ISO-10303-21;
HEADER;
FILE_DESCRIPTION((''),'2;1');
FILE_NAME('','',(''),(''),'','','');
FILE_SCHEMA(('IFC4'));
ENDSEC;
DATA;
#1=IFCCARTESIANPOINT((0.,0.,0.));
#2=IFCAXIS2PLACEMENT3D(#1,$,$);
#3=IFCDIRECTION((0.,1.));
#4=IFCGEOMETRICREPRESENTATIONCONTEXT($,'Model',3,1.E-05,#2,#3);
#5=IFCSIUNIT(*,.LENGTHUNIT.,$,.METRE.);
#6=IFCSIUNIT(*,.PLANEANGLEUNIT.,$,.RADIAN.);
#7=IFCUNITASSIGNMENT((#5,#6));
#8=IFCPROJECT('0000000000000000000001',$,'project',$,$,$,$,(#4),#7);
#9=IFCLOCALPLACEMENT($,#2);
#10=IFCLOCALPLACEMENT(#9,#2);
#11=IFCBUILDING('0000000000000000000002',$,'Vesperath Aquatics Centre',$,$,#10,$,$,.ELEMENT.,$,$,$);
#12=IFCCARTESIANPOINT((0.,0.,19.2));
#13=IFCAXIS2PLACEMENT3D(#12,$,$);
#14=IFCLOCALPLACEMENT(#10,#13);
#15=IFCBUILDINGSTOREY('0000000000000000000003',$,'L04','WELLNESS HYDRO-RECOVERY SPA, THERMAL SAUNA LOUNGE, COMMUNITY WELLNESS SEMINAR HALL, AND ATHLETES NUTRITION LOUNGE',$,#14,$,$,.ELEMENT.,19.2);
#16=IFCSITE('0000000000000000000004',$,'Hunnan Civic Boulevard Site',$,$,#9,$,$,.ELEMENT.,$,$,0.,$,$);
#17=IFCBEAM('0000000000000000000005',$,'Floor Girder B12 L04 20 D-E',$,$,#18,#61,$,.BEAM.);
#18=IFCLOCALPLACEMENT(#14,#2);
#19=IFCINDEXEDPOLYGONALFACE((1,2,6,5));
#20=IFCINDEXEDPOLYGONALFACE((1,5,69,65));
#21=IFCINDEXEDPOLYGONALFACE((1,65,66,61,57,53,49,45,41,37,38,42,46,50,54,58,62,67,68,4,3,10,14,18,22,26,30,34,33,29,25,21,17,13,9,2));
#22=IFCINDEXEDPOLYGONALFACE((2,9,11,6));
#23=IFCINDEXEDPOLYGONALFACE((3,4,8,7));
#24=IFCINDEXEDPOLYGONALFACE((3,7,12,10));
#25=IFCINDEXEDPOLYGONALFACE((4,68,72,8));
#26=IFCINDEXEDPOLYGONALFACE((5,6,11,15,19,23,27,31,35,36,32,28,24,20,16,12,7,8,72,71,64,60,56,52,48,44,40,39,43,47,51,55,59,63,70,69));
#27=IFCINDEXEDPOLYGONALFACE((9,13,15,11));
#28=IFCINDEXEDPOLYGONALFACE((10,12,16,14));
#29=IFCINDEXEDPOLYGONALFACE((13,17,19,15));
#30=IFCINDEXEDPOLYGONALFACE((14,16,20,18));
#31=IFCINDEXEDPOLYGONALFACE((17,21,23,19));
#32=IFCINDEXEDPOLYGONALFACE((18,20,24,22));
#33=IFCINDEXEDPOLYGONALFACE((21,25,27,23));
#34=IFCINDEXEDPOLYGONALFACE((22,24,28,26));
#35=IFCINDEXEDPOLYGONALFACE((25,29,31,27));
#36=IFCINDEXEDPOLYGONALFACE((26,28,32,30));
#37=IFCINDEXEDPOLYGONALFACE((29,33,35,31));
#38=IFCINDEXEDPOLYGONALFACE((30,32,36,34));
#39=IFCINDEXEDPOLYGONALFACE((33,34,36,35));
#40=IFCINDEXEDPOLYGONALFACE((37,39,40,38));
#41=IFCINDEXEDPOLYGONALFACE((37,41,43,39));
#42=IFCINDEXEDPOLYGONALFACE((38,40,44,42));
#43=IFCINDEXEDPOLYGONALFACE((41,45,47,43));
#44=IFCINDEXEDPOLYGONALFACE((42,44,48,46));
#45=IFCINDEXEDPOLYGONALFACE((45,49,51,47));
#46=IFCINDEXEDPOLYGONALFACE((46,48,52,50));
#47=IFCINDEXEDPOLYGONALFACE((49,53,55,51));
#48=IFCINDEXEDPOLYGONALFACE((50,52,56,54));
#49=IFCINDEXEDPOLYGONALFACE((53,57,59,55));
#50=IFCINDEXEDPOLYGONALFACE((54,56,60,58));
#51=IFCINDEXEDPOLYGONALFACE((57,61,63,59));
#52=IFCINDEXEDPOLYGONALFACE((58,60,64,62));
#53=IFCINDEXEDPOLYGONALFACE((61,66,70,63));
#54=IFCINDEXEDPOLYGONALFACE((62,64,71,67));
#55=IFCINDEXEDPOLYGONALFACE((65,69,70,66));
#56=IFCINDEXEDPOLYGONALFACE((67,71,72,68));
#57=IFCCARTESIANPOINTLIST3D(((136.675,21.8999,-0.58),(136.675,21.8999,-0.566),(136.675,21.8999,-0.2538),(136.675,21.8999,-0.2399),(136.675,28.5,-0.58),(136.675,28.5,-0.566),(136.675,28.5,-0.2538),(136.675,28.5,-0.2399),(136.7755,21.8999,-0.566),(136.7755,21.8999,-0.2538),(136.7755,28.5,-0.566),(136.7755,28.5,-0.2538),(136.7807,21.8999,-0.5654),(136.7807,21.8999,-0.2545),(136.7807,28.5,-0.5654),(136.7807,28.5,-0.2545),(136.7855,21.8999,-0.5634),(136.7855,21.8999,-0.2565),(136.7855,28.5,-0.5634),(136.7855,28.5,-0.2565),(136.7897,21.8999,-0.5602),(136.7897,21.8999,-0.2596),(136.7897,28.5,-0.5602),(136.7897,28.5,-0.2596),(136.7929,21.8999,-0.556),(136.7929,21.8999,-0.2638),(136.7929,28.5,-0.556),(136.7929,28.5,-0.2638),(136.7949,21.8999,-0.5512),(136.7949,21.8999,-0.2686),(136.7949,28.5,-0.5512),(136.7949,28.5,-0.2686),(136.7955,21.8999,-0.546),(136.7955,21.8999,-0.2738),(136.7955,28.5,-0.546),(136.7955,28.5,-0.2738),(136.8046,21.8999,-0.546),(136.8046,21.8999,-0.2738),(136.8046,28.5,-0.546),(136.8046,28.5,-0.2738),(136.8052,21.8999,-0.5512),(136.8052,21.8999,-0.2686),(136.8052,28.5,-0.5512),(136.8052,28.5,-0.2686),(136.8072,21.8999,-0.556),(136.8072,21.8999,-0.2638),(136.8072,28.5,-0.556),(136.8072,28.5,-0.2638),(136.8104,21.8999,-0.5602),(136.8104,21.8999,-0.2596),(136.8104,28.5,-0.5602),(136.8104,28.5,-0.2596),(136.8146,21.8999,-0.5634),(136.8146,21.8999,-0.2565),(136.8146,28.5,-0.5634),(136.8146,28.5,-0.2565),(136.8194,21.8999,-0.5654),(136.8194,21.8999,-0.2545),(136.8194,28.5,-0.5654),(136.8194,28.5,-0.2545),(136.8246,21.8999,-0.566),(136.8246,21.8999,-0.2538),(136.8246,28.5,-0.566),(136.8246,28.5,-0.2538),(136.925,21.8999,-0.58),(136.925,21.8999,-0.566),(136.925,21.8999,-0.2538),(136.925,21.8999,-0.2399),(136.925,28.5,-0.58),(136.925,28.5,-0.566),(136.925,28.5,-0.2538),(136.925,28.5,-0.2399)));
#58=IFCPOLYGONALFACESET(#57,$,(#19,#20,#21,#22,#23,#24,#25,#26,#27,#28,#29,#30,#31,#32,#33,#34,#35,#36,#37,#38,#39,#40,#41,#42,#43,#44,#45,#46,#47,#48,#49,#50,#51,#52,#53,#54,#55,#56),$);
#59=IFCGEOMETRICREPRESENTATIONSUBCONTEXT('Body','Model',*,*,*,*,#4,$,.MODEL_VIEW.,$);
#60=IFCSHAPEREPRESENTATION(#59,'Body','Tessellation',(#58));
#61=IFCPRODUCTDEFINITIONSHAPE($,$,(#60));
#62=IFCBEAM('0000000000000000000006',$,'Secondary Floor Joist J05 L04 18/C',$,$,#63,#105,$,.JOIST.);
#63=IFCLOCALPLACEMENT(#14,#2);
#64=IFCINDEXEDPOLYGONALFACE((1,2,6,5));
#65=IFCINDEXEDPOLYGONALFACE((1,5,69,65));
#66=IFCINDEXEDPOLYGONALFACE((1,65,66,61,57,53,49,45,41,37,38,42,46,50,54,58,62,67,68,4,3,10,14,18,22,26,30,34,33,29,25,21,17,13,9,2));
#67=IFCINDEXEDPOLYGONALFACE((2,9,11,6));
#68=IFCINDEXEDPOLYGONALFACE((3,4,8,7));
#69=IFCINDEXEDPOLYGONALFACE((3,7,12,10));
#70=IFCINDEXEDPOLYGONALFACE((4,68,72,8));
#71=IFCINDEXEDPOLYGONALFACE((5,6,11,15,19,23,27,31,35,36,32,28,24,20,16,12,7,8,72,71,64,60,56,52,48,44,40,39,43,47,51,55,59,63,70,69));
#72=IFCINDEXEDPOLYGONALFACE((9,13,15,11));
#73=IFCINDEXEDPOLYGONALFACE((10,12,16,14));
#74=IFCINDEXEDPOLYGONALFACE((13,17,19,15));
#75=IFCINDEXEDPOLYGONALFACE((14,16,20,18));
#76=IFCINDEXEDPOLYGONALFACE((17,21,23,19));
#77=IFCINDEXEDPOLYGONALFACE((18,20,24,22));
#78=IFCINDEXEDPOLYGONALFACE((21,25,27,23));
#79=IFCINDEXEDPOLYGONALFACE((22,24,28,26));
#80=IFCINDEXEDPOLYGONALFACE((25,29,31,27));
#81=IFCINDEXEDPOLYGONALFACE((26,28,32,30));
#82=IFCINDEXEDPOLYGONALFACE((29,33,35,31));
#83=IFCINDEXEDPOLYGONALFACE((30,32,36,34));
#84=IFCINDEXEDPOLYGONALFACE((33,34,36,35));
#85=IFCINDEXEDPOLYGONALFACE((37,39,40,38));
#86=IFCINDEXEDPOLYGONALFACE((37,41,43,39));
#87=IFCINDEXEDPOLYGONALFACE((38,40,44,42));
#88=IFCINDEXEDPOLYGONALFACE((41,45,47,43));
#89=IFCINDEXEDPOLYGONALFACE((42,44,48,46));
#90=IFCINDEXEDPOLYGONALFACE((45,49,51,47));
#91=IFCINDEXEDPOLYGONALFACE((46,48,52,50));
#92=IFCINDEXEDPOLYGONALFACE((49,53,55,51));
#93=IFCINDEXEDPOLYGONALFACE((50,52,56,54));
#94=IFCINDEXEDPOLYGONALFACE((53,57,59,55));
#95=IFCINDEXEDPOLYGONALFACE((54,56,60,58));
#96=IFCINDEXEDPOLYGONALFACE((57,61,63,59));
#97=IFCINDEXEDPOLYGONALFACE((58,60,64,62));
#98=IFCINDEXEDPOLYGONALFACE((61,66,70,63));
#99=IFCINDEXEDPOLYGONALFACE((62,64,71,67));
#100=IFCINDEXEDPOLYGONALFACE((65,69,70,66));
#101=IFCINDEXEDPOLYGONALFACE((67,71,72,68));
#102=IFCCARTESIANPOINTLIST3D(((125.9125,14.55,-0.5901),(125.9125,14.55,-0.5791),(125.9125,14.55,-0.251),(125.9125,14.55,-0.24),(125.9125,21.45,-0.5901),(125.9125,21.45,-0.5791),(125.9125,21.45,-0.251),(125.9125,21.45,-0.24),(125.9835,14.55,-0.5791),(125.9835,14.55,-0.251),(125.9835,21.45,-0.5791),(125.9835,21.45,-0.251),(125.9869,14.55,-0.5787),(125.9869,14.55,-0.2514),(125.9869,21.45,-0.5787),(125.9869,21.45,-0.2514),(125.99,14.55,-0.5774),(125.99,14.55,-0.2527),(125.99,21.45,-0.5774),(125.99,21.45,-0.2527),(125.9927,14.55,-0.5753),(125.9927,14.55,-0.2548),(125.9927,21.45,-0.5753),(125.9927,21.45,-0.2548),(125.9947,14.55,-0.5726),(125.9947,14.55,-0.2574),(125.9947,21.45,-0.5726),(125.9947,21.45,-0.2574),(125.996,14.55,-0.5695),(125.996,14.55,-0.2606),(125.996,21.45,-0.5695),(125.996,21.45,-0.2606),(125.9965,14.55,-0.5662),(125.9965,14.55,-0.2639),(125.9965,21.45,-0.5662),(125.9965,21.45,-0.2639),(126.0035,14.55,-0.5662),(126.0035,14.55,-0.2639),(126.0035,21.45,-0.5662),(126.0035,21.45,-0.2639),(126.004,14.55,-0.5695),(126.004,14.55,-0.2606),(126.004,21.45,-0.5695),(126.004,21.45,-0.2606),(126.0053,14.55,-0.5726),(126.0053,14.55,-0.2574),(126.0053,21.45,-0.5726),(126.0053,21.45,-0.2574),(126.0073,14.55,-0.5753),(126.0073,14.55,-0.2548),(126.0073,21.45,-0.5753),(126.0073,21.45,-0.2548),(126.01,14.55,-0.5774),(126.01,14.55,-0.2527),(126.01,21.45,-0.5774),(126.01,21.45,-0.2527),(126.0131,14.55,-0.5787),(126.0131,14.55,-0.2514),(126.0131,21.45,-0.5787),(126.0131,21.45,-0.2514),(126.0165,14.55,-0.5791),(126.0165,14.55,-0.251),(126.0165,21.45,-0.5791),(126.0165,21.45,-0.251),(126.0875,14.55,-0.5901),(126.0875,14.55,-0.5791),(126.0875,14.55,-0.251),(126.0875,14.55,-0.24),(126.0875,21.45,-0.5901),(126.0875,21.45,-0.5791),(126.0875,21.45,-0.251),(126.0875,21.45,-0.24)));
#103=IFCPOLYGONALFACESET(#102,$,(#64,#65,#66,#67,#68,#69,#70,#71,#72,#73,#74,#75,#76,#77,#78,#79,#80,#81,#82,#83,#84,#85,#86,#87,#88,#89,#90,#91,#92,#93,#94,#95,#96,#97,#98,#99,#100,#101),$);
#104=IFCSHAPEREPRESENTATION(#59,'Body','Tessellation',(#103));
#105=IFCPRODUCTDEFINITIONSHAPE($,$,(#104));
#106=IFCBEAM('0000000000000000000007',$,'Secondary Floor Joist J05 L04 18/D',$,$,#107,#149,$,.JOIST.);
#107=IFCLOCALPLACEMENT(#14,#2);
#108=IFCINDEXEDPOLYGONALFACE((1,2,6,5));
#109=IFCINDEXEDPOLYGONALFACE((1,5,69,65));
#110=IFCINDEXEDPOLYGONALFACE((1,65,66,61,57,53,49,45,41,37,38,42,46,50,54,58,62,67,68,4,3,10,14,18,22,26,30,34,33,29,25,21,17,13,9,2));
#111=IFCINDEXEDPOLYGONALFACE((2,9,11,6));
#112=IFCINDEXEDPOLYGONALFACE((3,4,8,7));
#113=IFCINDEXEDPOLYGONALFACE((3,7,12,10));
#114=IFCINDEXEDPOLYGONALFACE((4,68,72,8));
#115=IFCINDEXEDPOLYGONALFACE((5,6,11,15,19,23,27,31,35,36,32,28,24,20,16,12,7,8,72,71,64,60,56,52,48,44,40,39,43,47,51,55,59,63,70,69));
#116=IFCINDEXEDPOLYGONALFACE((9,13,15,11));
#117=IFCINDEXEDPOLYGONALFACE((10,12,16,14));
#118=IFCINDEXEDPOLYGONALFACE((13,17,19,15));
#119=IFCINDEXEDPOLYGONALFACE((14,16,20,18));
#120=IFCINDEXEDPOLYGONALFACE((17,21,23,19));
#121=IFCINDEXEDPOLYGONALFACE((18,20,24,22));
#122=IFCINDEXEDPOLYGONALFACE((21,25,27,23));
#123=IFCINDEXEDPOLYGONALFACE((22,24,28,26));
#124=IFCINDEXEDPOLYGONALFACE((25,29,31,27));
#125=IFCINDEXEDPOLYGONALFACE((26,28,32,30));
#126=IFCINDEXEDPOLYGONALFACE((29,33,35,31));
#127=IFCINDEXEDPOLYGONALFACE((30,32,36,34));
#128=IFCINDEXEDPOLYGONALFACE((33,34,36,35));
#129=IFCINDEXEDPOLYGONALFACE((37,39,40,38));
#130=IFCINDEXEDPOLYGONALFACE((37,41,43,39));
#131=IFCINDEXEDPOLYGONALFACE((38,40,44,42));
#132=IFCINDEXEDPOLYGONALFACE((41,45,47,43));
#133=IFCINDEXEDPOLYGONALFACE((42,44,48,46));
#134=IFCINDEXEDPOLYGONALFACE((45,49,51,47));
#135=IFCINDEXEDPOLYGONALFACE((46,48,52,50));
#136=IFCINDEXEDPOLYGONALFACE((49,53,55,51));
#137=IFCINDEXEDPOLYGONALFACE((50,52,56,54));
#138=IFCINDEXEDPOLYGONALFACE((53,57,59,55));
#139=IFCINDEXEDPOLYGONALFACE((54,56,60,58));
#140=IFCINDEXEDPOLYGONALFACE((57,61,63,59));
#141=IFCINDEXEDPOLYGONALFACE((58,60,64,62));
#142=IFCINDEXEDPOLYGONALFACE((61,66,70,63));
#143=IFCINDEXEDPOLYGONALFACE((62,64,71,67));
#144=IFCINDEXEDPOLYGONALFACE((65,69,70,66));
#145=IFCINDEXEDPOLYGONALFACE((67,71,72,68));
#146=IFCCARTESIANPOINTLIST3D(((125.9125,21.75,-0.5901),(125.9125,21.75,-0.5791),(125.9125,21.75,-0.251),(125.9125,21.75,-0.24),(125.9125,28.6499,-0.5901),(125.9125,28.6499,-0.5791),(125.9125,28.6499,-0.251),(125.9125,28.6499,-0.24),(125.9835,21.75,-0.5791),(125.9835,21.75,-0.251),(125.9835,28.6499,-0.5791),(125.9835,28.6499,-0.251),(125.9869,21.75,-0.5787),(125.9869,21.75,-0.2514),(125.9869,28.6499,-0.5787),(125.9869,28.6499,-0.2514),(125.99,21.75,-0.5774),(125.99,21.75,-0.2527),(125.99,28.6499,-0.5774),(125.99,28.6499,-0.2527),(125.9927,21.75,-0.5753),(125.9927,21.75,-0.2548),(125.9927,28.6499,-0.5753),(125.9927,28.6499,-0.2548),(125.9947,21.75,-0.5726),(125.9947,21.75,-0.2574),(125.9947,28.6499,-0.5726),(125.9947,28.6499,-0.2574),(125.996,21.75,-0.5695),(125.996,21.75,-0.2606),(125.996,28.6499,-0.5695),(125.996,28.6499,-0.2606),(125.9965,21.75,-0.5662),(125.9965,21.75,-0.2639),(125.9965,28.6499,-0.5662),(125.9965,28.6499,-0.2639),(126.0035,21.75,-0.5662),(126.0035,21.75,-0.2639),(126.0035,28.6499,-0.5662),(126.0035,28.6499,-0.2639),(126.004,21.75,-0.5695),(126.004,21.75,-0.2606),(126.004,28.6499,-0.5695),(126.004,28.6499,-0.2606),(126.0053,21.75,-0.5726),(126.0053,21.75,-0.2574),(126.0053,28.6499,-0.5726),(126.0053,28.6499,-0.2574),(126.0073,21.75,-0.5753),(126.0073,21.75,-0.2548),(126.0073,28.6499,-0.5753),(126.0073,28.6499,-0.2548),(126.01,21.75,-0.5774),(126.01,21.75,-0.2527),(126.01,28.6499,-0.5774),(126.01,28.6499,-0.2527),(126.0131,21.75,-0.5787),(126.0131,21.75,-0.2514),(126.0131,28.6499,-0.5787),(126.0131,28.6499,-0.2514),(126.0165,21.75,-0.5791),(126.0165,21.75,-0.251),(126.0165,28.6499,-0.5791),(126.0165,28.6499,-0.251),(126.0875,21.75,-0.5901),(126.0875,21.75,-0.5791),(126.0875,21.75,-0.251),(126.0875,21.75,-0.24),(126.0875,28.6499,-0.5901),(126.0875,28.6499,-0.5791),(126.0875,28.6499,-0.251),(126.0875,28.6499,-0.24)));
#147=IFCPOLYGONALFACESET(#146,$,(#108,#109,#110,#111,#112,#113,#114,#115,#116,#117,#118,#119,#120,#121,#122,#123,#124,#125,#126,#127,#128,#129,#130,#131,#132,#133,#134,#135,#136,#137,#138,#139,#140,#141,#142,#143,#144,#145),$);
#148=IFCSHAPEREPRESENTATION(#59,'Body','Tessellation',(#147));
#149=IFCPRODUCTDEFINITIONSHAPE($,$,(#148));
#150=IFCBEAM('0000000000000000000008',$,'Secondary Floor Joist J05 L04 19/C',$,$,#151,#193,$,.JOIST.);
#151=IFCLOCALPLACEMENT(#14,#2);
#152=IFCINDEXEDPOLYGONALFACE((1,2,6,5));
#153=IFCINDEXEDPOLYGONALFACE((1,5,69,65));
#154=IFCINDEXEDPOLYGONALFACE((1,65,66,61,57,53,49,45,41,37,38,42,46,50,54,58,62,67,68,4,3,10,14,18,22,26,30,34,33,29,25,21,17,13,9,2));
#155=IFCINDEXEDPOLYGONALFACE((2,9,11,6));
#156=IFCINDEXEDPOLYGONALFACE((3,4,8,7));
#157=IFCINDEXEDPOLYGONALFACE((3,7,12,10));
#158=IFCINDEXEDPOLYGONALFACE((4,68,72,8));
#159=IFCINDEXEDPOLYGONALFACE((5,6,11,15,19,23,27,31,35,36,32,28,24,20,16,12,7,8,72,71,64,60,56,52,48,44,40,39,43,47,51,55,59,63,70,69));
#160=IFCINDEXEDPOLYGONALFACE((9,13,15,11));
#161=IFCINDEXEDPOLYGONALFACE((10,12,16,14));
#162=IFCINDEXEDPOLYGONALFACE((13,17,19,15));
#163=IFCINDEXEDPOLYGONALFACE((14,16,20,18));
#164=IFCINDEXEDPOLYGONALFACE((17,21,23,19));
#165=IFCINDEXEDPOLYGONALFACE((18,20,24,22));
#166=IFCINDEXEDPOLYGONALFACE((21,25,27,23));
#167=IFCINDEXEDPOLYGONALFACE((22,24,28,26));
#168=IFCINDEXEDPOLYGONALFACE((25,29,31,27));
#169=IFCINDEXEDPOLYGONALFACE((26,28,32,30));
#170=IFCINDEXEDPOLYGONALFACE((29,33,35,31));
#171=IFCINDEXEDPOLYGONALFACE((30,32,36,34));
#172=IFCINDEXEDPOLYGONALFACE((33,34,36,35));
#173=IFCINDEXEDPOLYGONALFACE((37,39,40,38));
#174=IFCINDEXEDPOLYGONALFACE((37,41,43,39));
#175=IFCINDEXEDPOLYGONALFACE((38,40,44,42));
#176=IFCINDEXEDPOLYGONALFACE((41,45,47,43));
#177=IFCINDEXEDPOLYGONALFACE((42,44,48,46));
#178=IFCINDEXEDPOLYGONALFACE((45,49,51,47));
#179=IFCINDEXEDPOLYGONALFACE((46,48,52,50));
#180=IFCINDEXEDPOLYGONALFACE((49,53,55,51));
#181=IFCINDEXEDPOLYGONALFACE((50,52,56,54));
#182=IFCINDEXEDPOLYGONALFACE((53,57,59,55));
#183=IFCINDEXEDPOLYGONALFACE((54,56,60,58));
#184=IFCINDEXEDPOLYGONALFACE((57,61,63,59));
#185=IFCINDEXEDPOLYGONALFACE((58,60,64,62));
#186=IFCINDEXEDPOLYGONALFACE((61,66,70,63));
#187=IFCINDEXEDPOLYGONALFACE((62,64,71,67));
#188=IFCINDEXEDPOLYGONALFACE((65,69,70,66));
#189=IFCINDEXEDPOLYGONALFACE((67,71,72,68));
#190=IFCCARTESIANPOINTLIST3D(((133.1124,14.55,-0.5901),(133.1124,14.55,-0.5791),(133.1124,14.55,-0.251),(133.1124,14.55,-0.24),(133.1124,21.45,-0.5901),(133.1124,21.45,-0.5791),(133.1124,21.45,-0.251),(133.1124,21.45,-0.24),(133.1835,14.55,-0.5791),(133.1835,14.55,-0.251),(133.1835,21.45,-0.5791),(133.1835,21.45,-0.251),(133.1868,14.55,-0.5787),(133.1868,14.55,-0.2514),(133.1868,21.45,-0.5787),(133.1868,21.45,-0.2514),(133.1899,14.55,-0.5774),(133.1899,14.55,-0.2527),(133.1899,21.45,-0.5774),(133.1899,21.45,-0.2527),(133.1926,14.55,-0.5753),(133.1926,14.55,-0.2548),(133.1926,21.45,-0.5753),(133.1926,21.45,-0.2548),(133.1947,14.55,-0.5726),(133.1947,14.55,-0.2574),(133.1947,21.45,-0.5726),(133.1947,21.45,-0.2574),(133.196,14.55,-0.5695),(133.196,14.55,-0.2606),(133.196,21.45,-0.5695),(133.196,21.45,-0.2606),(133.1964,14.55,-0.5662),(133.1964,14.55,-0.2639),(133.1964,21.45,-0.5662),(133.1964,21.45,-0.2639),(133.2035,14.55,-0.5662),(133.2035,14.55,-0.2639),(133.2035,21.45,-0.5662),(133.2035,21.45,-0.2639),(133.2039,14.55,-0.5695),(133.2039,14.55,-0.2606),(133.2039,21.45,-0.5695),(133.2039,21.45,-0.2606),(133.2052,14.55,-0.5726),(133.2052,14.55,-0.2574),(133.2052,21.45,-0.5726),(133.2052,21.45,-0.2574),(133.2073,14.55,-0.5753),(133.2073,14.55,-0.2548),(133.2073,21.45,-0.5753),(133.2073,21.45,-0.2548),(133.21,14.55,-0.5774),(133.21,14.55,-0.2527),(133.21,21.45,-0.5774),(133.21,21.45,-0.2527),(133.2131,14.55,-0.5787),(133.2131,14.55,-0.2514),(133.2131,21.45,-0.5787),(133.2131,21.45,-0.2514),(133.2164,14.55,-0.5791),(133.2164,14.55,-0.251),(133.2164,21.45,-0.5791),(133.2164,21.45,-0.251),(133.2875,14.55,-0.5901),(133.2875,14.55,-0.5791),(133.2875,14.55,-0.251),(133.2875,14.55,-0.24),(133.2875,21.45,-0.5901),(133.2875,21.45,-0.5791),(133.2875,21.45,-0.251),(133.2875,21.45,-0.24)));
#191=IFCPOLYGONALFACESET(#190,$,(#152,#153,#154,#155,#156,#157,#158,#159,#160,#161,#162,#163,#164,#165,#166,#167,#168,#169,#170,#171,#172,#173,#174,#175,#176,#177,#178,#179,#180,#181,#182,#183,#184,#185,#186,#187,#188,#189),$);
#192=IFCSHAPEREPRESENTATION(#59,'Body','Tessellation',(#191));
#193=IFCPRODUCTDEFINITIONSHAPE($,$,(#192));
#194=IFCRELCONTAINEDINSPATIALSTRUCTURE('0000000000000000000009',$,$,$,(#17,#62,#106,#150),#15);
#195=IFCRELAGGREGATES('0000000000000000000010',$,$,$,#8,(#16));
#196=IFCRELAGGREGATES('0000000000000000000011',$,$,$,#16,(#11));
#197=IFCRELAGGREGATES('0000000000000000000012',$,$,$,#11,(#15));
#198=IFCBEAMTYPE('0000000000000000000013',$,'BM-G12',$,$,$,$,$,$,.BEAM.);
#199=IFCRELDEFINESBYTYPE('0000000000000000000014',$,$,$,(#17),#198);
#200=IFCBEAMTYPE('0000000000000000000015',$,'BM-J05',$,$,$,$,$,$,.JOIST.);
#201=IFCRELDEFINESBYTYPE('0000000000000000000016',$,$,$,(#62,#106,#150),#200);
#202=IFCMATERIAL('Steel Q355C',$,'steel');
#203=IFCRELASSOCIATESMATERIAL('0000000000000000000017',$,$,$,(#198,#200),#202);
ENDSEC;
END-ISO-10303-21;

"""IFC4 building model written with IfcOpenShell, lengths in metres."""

from ifc_helpers import new_model, si_unit, direction, frame, origin, origin_2d, place, context, subcontext, project, spatial, i_section, extrude, material, material_profile, profile_set, type_object, element, save


model = new_model("IFC4")

# Units and contexts
model_context = context("Model", 3, precision=1e-05, world=origin(), true_north=direction((0.0, 1.0)))
body_context = subcontext(model_context, "Body", "Model", "MODEL_VIEW")
ifc_project = project(units=[si_unit("LENGTHUNIT", "METRE"), si_unit("PLANEANGLEUNIT", "RADIAN")], contexts=[model_context])

# Site, building, storey
site_placement = place(None, origin())
site = spatial("IfcSite", under=ifc_project, at=site_placement, Name="Hunnan Civic Boulevard Site", CompositionType="ELEMENT", RefElevation=0.0)
building_placement = place(site_placement, origin())
building = spatial("IfcBuilding", under=site, at=building_placement, Name="Vesperath Aquatics Centre", CompositionType="ELEMENT")
storey_placement = place(building_placement, frame((0.0, 0.0, 19.2)))
storey = spatial("IfcBuildingStorey", under=building, at=storey_placement, Name="L04", Description="WELLNESS HYDRO-RECOVERY SPA, THERMAL SAUNA LOUNGE, COMMUNITY WELLNESS SEMINAR HALL, AND ATHLETES NUTRITION LOUNGE", CompositionType="ELEMENT", Elevation=19.2)

# Shared definitions
ifc_material_1 = material(Name="Steel Q355C", Category="steel")

# Beams
ifc_material_profile_1 = material_profile(ifc_material_1, i_section(OverallWidth=0.25, OverallDepth=0.3401, WebThickness=0.009, FlangeThickness=0.0139, FilletRadius=0.02, at=origin_2d()), Name="HM 340x250x9x14")
ifc_profile_set_1 = profile_set([ifc_material_profile_1], Name="Steel Q355C")
beam_type_1 = type_object("IfcBeamType", Name="BM-G12", PredefinedType="BEAM", material=ifc_profile_set_1)
for number, where, z_axis, x_axis, name in (
    (1, (136.8, 21.8999, -0.4099), (0.0, 1.0, 0.0), (-1.0, 0.0, 0.0), "Floor Girder B12 L04 20 D-E"),
):
    element("IfcBeam", number, at=place(storey_placement, frame(where, z_axis=z_axis, x_axis=x_axis)), inside=storey, type_object=beam_type_1, Name=name, PredefinedType="BEAM", context=body_context, shape_type="SweptSolid", body=[
        extrude(i_section(OverallWidth=0.25, OverallDepth=0.3401, WebThickness=0.009, FlangeThickness=0.0139, FilletRadius=0.02, at=origin_2d()), origin(), (0.0, 0.0, 1.0), 6.6001),
    ])
ifc_material_profile_2 = material_profile(ifc_material_1, i_section(OverallWidth=0.175, OverallDepth=0.3501, WebThickness=0.0071, FlangeThickness=0.011, FilletRadius=0.0129, at=origin_2d()), Name="HN 350x175x7x11")
ifc_profile_set_2 = profile_set([ifc_material_profile_2], Name="Steel Q355C")
beam_type_2 = type_object("IfcBeamType", Name="BM-J05", PredefinedType="JOIST", material=ifc_profile_set_2)
for number, where, z_axis, x_axis, name in (
    (2, (126.0, 14.55, -0.415), (0.0, 1.0, 0.0), (-1.0, 0.0, 0.0), "Secondary Floor Joist J05 L04 18/C"),
    (3, (126.0, 21.75, -0.415), (0.0, 1.0, 0.0), (-1.0, 0.0, 0.0), "Secondary Floor Joist J05 L04 18/D"),
    (4, (133.2, 14.55, -0.415), (0.0, 1.0, 0.0), (-1.0, 0.0, 0.0), "Secondary Floor Joist J05 L04 19/C"),
):
    element("IfcBeam", number, at=place(storey_placement, frame(where, z_axis=z_axis, x_axis=x_axis)), inside=storey, type_object=beam_type_2, Name=name, PredefinedType="JOIST", context=body_context, shape_type="SweptSolid", body=[
        extrude(i_section(OverallWidth=0.175, OverallDepth=0.3501, WebThickness=0.0071, FlangeThickness=0.011, FilletRadius=0.0129, at=origin_2d()), origin(), (0.0, 0.0, 1.0), 6.8999),
    ])

save(model, "model.ifc")
